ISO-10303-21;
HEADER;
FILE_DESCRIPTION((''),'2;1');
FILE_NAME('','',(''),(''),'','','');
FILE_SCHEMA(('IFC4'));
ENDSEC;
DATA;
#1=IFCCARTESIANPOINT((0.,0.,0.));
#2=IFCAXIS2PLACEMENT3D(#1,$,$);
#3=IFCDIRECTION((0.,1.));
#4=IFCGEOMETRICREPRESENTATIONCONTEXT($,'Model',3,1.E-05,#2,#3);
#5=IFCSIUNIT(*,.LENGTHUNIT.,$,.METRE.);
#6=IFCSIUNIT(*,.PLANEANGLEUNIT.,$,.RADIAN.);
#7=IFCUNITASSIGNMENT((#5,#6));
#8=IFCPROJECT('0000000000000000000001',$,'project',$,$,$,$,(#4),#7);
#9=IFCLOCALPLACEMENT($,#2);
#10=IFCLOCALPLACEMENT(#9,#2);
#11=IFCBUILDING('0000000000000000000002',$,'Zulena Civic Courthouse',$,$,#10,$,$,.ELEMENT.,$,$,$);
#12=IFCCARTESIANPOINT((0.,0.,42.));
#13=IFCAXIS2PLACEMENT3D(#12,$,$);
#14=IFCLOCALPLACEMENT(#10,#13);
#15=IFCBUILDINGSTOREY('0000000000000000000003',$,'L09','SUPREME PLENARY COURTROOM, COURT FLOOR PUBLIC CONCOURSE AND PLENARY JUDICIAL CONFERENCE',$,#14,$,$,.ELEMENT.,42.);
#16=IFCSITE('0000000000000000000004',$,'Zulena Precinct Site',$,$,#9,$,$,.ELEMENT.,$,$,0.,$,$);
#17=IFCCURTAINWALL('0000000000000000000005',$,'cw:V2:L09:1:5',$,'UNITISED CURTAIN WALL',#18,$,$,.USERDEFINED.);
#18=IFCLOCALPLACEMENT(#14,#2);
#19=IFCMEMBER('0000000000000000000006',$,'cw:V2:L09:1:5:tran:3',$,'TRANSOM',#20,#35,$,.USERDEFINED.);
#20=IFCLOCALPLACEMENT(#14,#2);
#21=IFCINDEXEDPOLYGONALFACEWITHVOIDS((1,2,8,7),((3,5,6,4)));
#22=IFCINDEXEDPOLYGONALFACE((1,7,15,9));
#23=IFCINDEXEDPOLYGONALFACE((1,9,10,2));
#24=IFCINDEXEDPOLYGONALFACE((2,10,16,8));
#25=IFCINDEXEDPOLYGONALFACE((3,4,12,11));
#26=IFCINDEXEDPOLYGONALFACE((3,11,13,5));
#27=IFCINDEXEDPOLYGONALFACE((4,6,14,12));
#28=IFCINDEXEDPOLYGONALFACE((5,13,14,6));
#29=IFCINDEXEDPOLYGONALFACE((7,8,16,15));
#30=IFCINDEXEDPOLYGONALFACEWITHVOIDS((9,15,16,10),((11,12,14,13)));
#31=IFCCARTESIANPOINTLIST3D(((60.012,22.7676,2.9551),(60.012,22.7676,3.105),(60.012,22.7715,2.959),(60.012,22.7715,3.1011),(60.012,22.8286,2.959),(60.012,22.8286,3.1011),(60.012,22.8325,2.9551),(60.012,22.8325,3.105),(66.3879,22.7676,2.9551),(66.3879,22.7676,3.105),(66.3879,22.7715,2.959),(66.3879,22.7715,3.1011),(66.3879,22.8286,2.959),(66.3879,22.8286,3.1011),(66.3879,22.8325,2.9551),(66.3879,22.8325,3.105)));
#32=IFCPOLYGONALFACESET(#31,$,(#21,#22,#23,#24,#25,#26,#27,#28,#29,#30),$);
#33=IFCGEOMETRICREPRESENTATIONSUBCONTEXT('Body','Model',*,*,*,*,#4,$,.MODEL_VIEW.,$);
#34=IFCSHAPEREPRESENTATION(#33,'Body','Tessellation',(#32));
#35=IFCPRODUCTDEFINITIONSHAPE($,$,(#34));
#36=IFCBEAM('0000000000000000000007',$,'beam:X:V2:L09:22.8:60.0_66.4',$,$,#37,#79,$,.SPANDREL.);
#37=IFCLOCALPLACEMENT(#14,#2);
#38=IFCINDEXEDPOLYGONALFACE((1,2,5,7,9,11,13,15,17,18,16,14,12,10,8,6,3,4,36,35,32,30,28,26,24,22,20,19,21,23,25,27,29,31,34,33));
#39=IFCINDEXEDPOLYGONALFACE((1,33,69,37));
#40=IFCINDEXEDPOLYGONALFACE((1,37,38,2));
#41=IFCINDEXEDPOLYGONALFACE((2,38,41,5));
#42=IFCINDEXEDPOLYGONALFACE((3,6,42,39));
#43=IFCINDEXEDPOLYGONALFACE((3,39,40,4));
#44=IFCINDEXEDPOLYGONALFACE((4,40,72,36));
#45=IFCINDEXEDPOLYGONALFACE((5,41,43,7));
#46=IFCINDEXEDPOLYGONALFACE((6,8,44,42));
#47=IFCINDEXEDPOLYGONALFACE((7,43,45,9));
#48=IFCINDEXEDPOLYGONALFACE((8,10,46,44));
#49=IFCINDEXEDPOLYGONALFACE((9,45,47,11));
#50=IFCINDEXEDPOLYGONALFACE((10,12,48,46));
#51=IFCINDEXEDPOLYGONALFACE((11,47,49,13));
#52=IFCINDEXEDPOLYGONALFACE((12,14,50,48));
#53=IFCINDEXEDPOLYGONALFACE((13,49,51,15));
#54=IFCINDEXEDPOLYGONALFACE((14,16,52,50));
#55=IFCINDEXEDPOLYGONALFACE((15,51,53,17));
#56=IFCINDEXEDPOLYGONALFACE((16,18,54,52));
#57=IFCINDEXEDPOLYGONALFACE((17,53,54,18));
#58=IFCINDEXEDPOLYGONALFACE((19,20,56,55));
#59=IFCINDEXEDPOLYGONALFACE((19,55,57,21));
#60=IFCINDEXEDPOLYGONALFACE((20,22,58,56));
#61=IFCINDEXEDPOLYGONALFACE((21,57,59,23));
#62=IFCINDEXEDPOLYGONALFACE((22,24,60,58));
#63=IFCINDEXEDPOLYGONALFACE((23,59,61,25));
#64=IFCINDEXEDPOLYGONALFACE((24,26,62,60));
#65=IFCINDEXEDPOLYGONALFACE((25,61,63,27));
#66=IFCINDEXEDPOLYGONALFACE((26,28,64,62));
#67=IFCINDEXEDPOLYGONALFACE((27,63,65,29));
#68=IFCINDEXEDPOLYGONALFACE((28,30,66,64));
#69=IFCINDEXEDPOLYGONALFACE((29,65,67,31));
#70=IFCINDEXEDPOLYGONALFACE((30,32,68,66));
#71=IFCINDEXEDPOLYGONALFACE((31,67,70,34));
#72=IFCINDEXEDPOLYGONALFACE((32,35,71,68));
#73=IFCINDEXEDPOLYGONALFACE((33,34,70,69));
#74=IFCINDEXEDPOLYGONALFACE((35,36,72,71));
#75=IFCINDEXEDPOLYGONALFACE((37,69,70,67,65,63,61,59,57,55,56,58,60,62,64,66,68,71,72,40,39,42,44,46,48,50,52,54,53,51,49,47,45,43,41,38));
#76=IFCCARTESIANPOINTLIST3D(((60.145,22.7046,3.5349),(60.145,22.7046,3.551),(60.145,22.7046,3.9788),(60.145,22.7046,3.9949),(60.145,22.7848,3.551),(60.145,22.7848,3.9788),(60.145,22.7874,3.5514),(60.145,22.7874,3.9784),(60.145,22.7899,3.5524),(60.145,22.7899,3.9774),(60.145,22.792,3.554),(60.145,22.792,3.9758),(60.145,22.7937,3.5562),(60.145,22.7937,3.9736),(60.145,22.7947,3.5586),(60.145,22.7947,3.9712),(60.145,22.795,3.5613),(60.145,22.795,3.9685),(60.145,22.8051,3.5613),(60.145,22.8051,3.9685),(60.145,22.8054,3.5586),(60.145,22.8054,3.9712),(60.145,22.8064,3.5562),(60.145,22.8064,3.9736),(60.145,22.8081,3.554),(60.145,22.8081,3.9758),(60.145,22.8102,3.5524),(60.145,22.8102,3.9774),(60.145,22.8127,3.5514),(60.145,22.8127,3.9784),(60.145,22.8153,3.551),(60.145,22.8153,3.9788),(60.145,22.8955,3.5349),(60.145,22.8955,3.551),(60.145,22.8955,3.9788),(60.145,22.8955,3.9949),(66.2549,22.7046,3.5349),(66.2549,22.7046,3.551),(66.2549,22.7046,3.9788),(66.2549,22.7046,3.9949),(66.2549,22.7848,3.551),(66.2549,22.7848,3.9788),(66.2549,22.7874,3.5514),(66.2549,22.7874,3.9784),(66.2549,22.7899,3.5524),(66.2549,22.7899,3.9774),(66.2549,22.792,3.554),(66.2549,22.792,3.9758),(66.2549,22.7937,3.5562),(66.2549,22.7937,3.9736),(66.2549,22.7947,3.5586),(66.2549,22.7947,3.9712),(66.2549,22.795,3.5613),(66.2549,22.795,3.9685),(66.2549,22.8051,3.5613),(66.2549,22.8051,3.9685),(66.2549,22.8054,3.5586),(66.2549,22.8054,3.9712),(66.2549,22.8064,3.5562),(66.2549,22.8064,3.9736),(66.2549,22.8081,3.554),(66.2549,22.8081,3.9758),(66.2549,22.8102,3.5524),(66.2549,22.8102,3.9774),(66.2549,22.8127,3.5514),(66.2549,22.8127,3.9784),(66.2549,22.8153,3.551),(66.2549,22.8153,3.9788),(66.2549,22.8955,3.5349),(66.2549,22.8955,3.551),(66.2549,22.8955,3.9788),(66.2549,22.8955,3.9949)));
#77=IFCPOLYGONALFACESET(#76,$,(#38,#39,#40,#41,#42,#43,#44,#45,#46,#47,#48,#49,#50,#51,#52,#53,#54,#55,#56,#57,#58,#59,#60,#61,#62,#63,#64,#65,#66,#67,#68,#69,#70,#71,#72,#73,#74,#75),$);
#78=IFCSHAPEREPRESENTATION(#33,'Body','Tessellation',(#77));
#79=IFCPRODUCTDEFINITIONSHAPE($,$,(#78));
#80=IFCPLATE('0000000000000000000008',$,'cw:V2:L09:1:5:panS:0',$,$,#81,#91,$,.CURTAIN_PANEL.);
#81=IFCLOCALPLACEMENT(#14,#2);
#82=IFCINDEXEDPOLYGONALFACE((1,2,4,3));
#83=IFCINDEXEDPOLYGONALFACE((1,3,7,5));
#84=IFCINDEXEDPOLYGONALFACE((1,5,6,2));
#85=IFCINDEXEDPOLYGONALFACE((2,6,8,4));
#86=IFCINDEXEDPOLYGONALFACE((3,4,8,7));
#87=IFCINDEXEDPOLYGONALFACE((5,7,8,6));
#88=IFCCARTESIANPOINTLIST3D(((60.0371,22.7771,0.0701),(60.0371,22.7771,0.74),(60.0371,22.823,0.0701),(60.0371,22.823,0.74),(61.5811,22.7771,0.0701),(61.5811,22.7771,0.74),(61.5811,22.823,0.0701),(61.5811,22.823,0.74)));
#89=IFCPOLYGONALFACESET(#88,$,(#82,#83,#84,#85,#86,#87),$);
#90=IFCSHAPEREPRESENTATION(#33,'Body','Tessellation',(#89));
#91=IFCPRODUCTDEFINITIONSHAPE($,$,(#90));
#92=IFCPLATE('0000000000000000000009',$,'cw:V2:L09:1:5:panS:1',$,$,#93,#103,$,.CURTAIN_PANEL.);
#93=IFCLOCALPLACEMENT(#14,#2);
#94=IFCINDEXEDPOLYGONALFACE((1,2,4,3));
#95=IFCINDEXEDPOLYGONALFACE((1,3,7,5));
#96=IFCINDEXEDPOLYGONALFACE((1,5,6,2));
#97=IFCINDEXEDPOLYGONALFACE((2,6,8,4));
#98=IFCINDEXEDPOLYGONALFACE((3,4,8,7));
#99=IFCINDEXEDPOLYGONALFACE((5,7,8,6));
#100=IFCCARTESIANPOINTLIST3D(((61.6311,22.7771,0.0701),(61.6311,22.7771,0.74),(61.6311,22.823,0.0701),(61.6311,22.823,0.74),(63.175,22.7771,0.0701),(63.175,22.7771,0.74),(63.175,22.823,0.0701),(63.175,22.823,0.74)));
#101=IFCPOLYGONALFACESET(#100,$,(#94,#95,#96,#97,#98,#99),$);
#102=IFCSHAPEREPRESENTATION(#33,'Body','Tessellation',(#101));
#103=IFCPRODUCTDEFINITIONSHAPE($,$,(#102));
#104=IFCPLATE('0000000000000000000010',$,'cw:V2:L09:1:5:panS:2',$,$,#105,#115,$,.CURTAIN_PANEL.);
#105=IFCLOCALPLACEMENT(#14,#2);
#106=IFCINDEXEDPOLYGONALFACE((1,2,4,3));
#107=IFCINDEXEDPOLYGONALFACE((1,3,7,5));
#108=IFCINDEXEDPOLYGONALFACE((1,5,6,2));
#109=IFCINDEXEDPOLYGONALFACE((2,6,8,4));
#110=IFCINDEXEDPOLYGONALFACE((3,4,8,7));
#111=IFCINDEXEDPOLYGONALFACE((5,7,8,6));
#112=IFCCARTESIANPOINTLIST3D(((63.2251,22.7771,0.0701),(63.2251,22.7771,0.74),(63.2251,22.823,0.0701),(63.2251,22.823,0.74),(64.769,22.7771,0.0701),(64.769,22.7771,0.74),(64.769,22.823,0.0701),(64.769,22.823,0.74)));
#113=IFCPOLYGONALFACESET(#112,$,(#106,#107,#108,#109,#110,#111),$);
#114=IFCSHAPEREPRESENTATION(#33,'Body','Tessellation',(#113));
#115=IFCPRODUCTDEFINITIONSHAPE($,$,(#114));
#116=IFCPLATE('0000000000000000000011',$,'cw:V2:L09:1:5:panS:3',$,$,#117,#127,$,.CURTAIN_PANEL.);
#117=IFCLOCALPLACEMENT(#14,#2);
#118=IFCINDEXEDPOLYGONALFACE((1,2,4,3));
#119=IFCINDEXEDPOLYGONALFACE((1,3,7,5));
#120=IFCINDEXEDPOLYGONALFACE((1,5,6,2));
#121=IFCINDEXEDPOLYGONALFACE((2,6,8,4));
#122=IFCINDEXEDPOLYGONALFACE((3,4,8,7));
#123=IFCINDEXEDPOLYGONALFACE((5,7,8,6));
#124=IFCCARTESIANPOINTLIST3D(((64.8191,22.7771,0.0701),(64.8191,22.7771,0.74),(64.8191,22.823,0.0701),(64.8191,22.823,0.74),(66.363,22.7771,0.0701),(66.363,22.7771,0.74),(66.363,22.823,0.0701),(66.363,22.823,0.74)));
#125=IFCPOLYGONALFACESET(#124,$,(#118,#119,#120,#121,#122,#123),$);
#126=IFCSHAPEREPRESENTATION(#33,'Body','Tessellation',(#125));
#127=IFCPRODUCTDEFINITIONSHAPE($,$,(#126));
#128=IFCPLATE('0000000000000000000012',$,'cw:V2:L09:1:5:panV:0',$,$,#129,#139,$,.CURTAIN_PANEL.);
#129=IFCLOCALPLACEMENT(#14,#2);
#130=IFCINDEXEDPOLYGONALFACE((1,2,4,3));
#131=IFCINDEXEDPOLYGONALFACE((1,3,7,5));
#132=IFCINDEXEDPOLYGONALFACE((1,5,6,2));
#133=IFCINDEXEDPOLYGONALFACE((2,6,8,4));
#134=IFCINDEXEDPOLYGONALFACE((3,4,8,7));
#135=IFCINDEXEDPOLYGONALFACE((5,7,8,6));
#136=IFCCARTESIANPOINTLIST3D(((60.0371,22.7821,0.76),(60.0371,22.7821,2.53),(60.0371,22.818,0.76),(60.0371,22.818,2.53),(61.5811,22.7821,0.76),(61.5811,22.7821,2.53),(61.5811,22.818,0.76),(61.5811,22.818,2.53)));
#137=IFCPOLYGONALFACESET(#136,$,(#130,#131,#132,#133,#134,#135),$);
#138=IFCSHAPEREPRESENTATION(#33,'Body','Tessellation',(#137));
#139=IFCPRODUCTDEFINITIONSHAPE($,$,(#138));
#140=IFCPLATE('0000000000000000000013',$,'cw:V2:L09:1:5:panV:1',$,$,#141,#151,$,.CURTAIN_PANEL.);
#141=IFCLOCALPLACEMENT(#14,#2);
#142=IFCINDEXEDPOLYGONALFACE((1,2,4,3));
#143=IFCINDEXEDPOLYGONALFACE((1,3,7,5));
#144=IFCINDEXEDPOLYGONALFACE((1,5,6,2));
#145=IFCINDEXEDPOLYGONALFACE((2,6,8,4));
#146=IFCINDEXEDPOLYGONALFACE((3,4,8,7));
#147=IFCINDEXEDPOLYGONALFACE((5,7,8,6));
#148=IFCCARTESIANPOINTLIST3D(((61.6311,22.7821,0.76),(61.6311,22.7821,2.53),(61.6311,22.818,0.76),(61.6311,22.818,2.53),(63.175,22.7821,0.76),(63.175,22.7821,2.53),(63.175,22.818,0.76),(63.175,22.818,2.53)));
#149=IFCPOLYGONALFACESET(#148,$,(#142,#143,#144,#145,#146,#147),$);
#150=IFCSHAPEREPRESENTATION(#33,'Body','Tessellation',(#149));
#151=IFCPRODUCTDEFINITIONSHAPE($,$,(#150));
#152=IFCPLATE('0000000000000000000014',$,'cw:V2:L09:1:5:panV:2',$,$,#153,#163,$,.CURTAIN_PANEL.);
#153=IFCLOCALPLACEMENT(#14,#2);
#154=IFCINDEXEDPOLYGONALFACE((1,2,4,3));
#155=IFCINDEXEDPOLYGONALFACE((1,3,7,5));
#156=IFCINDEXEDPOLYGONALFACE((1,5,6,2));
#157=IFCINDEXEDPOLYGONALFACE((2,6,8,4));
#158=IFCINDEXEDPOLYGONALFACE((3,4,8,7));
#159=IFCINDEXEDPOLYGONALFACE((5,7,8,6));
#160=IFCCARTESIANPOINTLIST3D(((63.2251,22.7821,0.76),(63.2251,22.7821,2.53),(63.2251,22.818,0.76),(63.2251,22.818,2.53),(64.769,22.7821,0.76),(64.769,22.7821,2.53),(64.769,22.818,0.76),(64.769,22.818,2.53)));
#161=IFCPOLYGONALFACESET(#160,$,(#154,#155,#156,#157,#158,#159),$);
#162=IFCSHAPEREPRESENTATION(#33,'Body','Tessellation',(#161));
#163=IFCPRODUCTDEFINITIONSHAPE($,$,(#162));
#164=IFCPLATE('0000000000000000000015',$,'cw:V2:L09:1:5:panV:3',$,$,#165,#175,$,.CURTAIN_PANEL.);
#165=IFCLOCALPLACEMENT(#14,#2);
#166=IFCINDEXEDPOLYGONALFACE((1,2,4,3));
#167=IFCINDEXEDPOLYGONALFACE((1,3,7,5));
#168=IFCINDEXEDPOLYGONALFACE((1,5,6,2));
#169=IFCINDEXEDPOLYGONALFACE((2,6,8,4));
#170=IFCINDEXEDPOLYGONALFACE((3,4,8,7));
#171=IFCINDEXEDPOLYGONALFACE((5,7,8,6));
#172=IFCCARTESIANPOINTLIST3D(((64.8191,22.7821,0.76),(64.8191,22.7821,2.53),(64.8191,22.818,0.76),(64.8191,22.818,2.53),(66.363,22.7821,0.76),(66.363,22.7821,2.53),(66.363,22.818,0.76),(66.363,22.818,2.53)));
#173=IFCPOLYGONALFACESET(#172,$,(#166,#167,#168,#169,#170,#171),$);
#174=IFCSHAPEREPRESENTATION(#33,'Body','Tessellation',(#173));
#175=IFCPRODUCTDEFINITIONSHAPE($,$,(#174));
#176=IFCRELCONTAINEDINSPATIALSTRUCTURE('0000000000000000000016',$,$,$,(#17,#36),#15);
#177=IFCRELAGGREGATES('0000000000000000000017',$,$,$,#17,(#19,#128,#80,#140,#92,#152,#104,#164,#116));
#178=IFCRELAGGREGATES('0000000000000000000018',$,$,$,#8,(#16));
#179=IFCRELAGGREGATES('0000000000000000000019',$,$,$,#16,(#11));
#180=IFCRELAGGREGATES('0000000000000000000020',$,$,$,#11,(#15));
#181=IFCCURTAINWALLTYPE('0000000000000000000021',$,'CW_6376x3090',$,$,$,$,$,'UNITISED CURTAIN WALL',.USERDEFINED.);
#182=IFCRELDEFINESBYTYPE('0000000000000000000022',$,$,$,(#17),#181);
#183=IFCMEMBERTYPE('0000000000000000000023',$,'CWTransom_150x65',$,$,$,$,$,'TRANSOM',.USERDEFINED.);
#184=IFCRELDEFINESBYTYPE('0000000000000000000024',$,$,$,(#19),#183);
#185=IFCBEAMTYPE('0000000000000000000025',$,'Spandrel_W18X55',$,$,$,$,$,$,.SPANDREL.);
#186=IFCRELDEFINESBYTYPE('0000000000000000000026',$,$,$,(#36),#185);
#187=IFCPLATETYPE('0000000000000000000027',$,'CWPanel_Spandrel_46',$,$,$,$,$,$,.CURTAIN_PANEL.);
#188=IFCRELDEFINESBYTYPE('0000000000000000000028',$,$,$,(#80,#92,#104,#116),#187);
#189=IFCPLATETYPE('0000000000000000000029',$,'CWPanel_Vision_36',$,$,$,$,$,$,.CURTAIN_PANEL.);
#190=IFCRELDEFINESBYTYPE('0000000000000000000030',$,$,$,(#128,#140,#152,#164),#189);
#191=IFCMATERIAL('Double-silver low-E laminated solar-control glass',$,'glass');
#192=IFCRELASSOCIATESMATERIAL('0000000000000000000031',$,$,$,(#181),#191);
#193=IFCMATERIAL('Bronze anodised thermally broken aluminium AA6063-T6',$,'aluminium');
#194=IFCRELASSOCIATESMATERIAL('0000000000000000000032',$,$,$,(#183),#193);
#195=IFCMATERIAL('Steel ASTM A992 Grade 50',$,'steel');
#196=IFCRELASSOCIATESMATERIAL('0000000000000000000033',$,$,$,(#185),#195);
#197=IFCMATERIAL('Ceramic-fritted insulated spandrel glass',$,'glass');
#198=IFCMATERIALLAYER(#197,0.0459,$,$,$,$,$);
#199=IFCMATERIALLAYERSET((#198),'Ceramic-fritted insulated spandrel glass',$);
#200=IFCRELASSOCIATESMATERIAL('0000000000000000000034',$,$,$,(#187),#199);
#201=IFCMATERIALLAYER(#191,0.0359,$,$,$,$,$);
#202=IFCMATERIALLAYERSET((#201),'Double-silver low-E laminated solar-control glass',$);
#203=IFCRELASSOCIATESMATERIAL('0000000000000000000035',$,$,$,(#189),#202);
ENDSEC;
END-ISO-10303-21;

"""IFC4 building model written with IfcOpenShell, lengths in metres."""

from ifc_helpers import new_model, si_unit, direction, frame, origin, origin_2d, place, context, subcontext, project, spatial, rectangle, hollow_rectangle, i_section, extrude, material, layer, layer_set, material_profile, profile_set, type_object, element, aggregate, save


model = new_model("IFC4")

# Units and contexts
model_context = context("Model", 3, precision=1e-05, world=origin(), true_north=direction((0.0, 1.0)))
body_context = subcontext(model_context, "Body", "Model", "MODEL_VIEW")
ifc_project = project(units=[si_unit("LENGTHUNIT", "METRE"), si_unit("PLANEANGLEUNIT", "RADIAN")], contexts=[model_context])

# Site, building, storey
site_placement = place(None, origin())
site = spatial("IfcSite", under=ifc_project, at=site_placement, Name="Zulena Precinct Site", CompositionType="ELEMENT", RefElevation=0.0)
building_placement = place(site_placement, origin())
building = spatial("IfcBuilding", under=site, at=building_placement, Name="Zulena Civic Courthouse", CompositionType="ELEMENT")
storey_placement = place(building_placement, frame((0.0, 0.0, 42.0)))
storey = spatial("IfcBuildingStorey", under=building, at=storey_placement, Name="L09", Description="SUPREME PLENARY COURTROOM, COURT FLOOR PUBLIC CONCOURSE AND PLENARY JUDICIAL CONFERENCE", CompositionType="ELEMENT", Elevation=42.0)

# Shared definitions
ifc_material_1 = material(Name="Steel ASTM A992 Grade 50", Category="steel")

# Curtain wall, member
ifc_material_2 = material(Name="Double-silver low-E laminated solar-control glass", Category="glass")
curtain_wall_type = type_object("IfcCurtainWallType", Name="CW_6376x3090", ElementType="UNITISED CURTAIN WALL", PredefinedType="USERDEFINED", material=ifc_material_2)
curtain_wall_placement = place(storey_placement, origin())
curtain_wall = element("IfcCurtainWall", 1, at=curtain_wall_placement, inside=storey, type_object=curtain_wall_type, Name="cw:V2:L09:1:5", ObjectType="UNITISED CURTAIN WALL", PredefinedType="USERDEFINED")
ifc_material_3 = material(Name="Bronze anodised thermally broken aluminium AA6063-T6", Category="aluminium")
ifc_material_profile_1 = material_profile(ifc_material_3, hollow_rectangle(XDim=0.0649, YDim=0.1499, WallThickness=0.0039, at=origin_2d()), Name="CWT150X65X4")
ifc_profile_set_1 = profile_set([ifc_material_profile_1], Name="Bronze anodised thermally broken aluminium AA6063-T6")
member_type_1 = type_object("IfcMemberType", Name="CWTransom_150x65", ElementType="TRANSOM", PredefinedType="USERDEFINED", material=ifc_profile_set_1)
member_1_placement = place(storey_placement, frame((60.012, 22.8, 3.03), z_axis=(1.0, 0.0, 0.0), x_axis=(0.0, 1.0, 0.0)))
member_1 = element("IfcMember", 2, at=member_1_placement, type_object=member_type_1, Name="cw:V2:L09:1:5:tran:3", ObjectType="TRANSOM", PredefinedType="USERDEFINED", context=body_context, shape_type="SweptSolid", body=[
    extrude(hollow_rectangle(XDim=0.0649, YDim=0.1499, WallThickness=0.0039, at=origin_2d()), origin(), (0.0, 0.0, 1.0), 6.376),
])

# Beam
ifc_material_profile_2 = material_profile(ifc_material_1, i_section(OverallWidth=0.1909, OverallDepth=0.46, WebThickness=0.01, FlangeThickness=0.0161, FilletRadius=0.0103, at=origin_2d()), Name="W18X55")
ifc_profile_set_2 = profile_set([ifc_material_profile_2], Name="Steel ASTM A992 Grade 50")
beam_type = type_object("IfcBeamType", Name="Spandrel_W18X55", PredefinedType="SPANDREL", material=ifc_profile_set_2)
beam_placement = place(storey_placement, frame((60.145, 22.8, 3.7649), z_axis=(1.0, 0.0, 0.0), x_axis=(0.0, 1.0, 0.0)))
element("IfcBeam", 3, at=beam_placement, inside=storey, type_object=beam_type, Name="beam:X:V2:L09:22.8:60.0_66.4", PredefinedType="SPANDREL", context=body_context, shape_type="SweptSolid", body=[
    extrude(i_section(OverallWidth=0.1909, OverallDepth=0.46, WebThickness=0.01, FlangeThickness=0.0161, FilletRadius=0.0103, at=origin_2d()), origin(), (0.0, 0.0, 1.0), 6.1099),
])

# Plates
ifc_material_4 = material(Name="Ceramic-fritted insulated spandrel glass", Category="glass")
ifc_layer_1 = layer(ifc_material_4, 0.0459)
ifc_layer_set_1 = layer_set([ifc_layer_1], Name="Ceramic-fritted insulated spandrel glass")
plate_type_1 = type_object("IfcPlateType", Name="CWPanel_Spandrel_46", PredefinedType="CURTAIN_PANEL", material=ifc_layer_set_1)
plate_1_placement = place(storey_placement, frame((60.8091, 22.8, 0.0701), z_axis=(0.0, 0.0, 1.0), x_axis=(1.0, 0.0, 0.0)))
plate_1 = element("IfcPlate", 4, at=plate_1_placement, type_object=plate_type_1, Name="cw:V2:L09:1:5:panS:0", PredefinedType="CURTAIN_PANEL", context=body_context, shape_type="SweptSolid", body=[
    extrude(rectangle(XDim=1.5439, YDim=0.0459, at=origin_2d()), origin(), (0.0, 0.0, 1.0), 0.6699),
])
plate_2_placement = place(storey_placement, frame((62.4031, 22.8, 0.0701), z_axis=(0.0, 0.0, 1.0), x_axis=(1.0, 0.0, 0.0)))
plate_2 = element("IfcPlate", 5, at=plate_2_placement, type_object=plate_type_1, Name="cw:V2:L09:1:5:panS:1", PredefinedType="CURTAIN_PANEL", context=body_context, shape_type="SweptSolid", body=[
    extrude(rectangle(XDim=1.5439, YDim=0.0459, at=origin_2d()), origin(), (0.0, 0.0, 1.0), 0.6699),
])
plate_3_placement = place(storey_placement, frame((63.9971, 22.8, 0.0701), z_axis=(0.0, 0.0, 1.0), x_axis=(1.0, 0.0, 0.0)))
plate_3 = element("IfcPlate", 6, at=plate_3_placement, type_object=plate_type_1, Name="cw:V2:L09:1:5:panS:2", PredefinedType="CURTAIN_PANEL", context=body_context, shape_type="SweptSolid", body=[
    extrude(rectangle(XDim=1.5439, YDim=0.0459, at=origin_2d()), origin(), (0.0, 0.0, 1.0), 0.6699),
])
plate_4_placement = place(storey_placement, frame((65.5911, 22.8, 0.0701), z_axis=(0.0, 0.0, 1.0), x_axis=(1.0, 0.0, 0.0)))
plate_4 = element("IfcPlate", 7, at=plate_4_placement, type_object=plate_type_1, Name="cw:V2:L09:1:5:panS:3", PredefinedType="CURTAIN_PANEL", context=body_context, shape_type="SweptSolid", body=[
    extrude(rectangle(XDim=1.5439, YDim=0.0459, at=origin_2d()), origin(), (0.0, 0.0, 1.0), 0.6699),
])
ifc_layer_2 = layer(ifc_material_2, 0.0359)
ifc_layer_set_2 = layer_set([ifc_layer_2], Name="Double-silver low-E laminated solar-control glass")
plate_type_2 = type_object("IfcPlateType", Name="CWPanel_Vision_36", PredefinedType="CURTAIN_PANEL", material=ifc_layer_set_2)
plate_5_placement = place(storey_placement, frame((60.8091, 22.8, 0.76), z_axis=(0.0, 0.0, 1.0), x_axis=(1.0, 0.0, 0.0)))
plate_5 = element("IfcPlate", 8, at=plate_5_placement, type_object=plate_type_2, Name="cw:V2:L09:1:5:panV:0", PredefinedType="CURTAIN_PANEL", context=body_context, shape_type="SweptSolid", body=[
    extrude(rectangle(XDim=1.5439, YDim=0.0359, at=origin_2d()), origin(), (0.0, 0.0, 1.0), 1.77),
])
plate_6_placement = place(storey_placement, frame((62.4031, 22.8, 0.76), z_axis=(0.0, 0.0, 1.0), x_axis=(1.0, 0.0, 0.0)))
plate_6 = element("IfcPlate", 9, at=plate_6_placement, type_object=plate_type_2, Name="cw:V2:L09:1:5:panV:1", PredefinedType="CURTAIN_PANEL", context=body_context, shape_type="SweptSolid", body=[
    extrude(rectangle(XDim=1.5439, YDim=0.0359, at=origin_2d()), origin(), (0.0, 0.0, 1.0), 1.77),
])
plate_7_placement = place(storey_placement, frame((63.9971, 22.8, 0.76), z_axis=(0.0, 0.0, 1.0), x_axis=(1.0, 0.0, 0.0)))
plate_7 = element("IfcPlate", 10, at=plate_7_placement, type_object=plate_type_2, Name="cw:V2:L09:1:5:panV:2", PredefinedType="CURTAIN_PANEL", context=body_context, shape_type="SweptSolid", body=[
    extrude(rectangle(XDim=1.5439, YDim=0.0359, at=origin_2d()), origin(), (0.0, 0.0, 1.0), 1.77),
])
plate_8_placement = place(storey_placement, frame((65.5911, 22.8, 0.76), z_axis=(0.0, 0.0, 1.0), x_axis=(1.0, 0.0, 0.0)))
plate_8 = element("IfcPlate", 11, at=plate_8_placement, type_object=plate_type_2, Name="cw:V2:L09:1:5:panV:3", PredefinedType="CURTAIN_PANEL", context=body_context, shape_type="SweptSolid", body=[
    extrude(rectangle(XDim=1.5439, YDim=0.0359, at=origin_2d()), origin(), (0.0, 0.0, 1.0), 1.77),
])
aggregate(curtain_wall, [member_1, plate_5, plate_1, plate_6, plate_2, plate_7, plate_3, plate_8, plate_4])

save(model, "model.ifc")
